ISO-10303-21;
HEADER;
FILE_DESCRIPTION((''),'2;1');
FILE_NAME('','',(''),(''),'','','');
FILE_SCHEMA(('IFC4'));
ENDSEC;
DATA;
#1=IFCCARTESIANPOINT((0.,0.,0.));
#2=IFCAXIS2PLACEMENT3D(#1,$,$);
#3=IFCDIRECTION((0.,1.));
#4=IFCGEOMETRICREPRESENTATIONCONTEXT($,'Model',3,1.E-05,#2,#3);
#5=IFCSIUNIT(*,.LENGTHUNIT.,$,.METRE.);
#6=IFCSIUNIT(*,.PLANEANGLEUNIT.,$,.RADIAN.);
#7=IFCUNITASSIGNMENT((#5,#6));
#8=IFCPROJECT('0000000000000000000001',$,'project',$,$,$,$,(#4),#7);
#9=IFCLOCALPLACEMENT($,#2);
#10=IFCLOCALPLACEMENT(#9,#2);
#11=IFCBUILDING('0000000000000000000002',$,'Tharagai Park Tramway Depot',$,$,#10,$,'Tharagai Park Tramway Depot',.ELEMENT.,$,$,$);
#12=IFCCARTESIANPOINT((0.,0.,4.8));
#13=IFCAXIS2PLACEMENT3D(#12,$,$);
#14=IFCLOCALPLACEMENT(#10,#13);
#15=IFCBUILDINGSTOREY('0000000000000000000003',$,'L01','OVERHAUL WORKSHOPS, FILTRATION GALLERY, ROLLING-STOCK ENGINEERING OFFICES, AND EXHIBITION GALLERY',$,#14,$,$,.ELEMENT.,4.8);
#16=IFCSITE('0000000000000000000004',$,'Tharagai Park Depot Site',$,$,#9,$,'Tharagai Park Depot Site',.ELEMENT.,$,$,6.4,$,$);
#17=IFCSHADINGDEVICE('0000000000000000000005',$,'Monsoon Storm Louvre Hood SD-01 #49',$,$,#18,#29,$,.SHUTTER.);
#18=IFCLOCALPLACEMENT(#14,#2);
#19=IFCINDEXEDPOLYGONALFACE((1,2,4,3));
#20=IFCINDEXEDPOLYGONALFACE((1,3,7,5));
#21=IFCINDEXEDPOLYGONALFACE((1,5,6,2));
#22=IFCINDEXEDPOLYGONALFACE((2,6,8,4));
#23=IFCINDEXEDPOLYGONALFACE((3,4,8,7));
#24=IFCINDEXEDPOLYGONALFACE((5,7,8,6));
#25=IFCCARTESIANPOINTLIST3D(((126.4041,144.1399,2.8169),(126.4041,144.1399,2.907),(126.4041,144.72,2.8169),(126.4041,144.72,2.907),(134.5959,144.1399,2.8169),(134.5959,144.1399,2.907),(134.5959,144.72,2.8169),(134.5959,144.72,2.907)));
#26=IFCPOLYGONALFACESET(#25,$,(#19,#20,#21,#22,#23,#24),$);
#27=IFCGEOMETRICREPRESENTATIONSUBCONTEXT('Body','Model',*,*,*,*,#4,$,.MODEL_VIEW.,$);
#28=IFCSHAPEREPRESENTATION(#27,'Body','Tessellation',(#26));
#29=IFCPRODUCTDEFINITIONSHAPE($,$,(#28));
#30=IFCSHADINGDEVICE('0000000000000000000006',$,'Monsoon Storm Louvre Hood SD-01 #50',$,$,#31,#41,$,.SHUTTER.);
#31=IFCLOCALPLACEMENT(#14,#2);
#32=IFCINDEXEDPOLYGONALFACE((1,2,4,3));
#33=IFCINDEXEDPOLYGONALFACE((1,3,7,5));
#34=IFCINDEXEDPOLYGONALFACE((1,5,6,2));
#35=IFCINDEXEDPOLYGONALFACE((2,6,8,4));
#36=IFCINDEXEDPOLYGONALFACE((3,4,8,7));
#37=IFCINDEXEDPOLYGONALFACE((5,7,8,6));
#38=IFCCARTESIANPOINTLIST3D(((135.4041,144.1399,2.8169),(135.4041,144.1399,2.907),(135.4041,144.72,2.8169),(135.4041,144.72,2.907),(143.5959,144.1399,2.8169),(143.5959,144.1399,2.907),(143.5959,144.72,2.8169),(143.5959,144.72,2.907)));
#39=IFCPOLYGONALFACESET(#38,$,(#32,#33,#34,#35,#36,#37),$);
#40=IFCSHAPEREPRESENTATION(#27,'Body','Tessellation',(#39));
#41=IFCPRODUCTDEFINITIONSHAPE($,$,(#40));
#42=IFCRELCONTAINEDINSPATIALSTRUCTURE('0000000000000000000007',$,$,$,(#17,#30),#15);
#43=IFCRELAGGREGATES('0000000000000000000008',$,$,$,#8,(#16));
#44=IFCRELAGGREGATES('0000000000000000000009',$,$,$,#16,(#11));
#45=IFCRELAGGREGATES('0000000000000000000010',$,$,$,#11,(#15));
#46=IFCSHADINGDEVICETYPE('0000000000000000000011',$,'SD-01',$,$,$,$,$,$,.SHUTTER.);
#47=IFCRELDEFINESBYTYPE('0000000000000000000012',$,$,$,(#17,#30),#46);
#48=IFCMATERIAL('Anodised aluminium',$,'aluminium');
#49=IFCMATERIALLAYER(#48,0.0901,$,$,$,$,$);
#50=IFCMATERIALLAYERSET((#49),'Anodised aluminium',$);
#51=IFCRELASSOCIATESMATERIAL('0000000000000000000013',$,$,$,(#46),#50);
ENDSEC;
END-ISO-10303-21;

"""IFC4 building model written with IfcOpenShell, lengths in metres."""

from ifc_helpers import new_model, si_unit, direction, frame, origin, origin_2d, place, context, subcontext, project, spatial, rectangle, extrude, material, layer, layer_set, type_object, element, save


model = new_model("IFC4")

# Units and contexts
model_context = context("Model", 3, precision=1e-05, world=origin(), true_north=direction((0.0, 1.0)))
body_context = subcontext(model_context, "Body", "Model", "MODEL_VIEW")
ifc_project = project(units=[si_unit("LENGTHUNIT", "METRE"), si_unit("PLANEANGLEUNIT", "RADIAN")], contexts=[model_context])

# Site, building, storey
site_placement = place(None, origin())
site = spatial("IfcSite", under=ifc_project, at=site_placement, Name="Tharagai Park Depot Site", LongName="Tharagai Park Depot Site", CompositionType="ELEMENT", RefElevation=6.4)
building_placement = place(site_placement, origin())
building = spatial("IfcBuilding", under=site, at=building_placement, Name="Tharagai Park Tramway Depot", LongName="Tharagai Park Tramway Depot", CompositionType="ELEMENT")
storey_placement = place(building_placement, frame((0.0, 0.0, 4.8)))
storey = spatial("IfcBuildingStorey", under=building, at=storey_placement, Name="L01", Description="OVERHAUL WORKSHOPS, FILTRATION GALLERY, ROLLING-STOCK ENGINEERING OFFICES, AND EXHIBITION GALLERY", CompositionType="ELEMENT", Elevation=4.8)

# Shading devices
ifc_material_1 = material(Name="Anodised aluminium", Category="aluminium")
ifc_layer_1 = layer(ifc_material_1, 0.0901)
ifc_layer_set_1 = layer_set([ifc_layer_1], Name="Anodised aluminium")
shading_device_type = type_object("IfcShadingDeviceType", Name="SD-01", PredefinedType="SHUTTER", material=ifc_layer_set_1)
for number, where, z_axis, x_axis, name in (
    (1, (130.5, 144.4299, 2.8169), (0.0, 0.0, 1.0), (1.0, 0.0, 0.0), "Monsoon Storm Louvre Hood SD-01 #49"),
    (2, (139.5, 144.4299, 2.8169), (0.0, 0.0, 1.0), (1.0, 0.0, 0.0), "Monsoon Storm Louvre Hood SD-01 #50"),
):
    element("IfcShadingDevice", number, at=place(storey_placement, frame(where, z_axis=z_axis, x_axis=x_axis)), inside=storey, type_object=shading_device_type, Name=name, PredefinedType="SHUTTER", context=body_context, shape_type="SweptSolid", body=[
        extrude(rectangle(XDim=8.1919, YDim=0.5801, at=origin_2d()), origin(), (0.0, 0.0, 1.0), 0.0901),
    ])

save(model, "model.ifc")
